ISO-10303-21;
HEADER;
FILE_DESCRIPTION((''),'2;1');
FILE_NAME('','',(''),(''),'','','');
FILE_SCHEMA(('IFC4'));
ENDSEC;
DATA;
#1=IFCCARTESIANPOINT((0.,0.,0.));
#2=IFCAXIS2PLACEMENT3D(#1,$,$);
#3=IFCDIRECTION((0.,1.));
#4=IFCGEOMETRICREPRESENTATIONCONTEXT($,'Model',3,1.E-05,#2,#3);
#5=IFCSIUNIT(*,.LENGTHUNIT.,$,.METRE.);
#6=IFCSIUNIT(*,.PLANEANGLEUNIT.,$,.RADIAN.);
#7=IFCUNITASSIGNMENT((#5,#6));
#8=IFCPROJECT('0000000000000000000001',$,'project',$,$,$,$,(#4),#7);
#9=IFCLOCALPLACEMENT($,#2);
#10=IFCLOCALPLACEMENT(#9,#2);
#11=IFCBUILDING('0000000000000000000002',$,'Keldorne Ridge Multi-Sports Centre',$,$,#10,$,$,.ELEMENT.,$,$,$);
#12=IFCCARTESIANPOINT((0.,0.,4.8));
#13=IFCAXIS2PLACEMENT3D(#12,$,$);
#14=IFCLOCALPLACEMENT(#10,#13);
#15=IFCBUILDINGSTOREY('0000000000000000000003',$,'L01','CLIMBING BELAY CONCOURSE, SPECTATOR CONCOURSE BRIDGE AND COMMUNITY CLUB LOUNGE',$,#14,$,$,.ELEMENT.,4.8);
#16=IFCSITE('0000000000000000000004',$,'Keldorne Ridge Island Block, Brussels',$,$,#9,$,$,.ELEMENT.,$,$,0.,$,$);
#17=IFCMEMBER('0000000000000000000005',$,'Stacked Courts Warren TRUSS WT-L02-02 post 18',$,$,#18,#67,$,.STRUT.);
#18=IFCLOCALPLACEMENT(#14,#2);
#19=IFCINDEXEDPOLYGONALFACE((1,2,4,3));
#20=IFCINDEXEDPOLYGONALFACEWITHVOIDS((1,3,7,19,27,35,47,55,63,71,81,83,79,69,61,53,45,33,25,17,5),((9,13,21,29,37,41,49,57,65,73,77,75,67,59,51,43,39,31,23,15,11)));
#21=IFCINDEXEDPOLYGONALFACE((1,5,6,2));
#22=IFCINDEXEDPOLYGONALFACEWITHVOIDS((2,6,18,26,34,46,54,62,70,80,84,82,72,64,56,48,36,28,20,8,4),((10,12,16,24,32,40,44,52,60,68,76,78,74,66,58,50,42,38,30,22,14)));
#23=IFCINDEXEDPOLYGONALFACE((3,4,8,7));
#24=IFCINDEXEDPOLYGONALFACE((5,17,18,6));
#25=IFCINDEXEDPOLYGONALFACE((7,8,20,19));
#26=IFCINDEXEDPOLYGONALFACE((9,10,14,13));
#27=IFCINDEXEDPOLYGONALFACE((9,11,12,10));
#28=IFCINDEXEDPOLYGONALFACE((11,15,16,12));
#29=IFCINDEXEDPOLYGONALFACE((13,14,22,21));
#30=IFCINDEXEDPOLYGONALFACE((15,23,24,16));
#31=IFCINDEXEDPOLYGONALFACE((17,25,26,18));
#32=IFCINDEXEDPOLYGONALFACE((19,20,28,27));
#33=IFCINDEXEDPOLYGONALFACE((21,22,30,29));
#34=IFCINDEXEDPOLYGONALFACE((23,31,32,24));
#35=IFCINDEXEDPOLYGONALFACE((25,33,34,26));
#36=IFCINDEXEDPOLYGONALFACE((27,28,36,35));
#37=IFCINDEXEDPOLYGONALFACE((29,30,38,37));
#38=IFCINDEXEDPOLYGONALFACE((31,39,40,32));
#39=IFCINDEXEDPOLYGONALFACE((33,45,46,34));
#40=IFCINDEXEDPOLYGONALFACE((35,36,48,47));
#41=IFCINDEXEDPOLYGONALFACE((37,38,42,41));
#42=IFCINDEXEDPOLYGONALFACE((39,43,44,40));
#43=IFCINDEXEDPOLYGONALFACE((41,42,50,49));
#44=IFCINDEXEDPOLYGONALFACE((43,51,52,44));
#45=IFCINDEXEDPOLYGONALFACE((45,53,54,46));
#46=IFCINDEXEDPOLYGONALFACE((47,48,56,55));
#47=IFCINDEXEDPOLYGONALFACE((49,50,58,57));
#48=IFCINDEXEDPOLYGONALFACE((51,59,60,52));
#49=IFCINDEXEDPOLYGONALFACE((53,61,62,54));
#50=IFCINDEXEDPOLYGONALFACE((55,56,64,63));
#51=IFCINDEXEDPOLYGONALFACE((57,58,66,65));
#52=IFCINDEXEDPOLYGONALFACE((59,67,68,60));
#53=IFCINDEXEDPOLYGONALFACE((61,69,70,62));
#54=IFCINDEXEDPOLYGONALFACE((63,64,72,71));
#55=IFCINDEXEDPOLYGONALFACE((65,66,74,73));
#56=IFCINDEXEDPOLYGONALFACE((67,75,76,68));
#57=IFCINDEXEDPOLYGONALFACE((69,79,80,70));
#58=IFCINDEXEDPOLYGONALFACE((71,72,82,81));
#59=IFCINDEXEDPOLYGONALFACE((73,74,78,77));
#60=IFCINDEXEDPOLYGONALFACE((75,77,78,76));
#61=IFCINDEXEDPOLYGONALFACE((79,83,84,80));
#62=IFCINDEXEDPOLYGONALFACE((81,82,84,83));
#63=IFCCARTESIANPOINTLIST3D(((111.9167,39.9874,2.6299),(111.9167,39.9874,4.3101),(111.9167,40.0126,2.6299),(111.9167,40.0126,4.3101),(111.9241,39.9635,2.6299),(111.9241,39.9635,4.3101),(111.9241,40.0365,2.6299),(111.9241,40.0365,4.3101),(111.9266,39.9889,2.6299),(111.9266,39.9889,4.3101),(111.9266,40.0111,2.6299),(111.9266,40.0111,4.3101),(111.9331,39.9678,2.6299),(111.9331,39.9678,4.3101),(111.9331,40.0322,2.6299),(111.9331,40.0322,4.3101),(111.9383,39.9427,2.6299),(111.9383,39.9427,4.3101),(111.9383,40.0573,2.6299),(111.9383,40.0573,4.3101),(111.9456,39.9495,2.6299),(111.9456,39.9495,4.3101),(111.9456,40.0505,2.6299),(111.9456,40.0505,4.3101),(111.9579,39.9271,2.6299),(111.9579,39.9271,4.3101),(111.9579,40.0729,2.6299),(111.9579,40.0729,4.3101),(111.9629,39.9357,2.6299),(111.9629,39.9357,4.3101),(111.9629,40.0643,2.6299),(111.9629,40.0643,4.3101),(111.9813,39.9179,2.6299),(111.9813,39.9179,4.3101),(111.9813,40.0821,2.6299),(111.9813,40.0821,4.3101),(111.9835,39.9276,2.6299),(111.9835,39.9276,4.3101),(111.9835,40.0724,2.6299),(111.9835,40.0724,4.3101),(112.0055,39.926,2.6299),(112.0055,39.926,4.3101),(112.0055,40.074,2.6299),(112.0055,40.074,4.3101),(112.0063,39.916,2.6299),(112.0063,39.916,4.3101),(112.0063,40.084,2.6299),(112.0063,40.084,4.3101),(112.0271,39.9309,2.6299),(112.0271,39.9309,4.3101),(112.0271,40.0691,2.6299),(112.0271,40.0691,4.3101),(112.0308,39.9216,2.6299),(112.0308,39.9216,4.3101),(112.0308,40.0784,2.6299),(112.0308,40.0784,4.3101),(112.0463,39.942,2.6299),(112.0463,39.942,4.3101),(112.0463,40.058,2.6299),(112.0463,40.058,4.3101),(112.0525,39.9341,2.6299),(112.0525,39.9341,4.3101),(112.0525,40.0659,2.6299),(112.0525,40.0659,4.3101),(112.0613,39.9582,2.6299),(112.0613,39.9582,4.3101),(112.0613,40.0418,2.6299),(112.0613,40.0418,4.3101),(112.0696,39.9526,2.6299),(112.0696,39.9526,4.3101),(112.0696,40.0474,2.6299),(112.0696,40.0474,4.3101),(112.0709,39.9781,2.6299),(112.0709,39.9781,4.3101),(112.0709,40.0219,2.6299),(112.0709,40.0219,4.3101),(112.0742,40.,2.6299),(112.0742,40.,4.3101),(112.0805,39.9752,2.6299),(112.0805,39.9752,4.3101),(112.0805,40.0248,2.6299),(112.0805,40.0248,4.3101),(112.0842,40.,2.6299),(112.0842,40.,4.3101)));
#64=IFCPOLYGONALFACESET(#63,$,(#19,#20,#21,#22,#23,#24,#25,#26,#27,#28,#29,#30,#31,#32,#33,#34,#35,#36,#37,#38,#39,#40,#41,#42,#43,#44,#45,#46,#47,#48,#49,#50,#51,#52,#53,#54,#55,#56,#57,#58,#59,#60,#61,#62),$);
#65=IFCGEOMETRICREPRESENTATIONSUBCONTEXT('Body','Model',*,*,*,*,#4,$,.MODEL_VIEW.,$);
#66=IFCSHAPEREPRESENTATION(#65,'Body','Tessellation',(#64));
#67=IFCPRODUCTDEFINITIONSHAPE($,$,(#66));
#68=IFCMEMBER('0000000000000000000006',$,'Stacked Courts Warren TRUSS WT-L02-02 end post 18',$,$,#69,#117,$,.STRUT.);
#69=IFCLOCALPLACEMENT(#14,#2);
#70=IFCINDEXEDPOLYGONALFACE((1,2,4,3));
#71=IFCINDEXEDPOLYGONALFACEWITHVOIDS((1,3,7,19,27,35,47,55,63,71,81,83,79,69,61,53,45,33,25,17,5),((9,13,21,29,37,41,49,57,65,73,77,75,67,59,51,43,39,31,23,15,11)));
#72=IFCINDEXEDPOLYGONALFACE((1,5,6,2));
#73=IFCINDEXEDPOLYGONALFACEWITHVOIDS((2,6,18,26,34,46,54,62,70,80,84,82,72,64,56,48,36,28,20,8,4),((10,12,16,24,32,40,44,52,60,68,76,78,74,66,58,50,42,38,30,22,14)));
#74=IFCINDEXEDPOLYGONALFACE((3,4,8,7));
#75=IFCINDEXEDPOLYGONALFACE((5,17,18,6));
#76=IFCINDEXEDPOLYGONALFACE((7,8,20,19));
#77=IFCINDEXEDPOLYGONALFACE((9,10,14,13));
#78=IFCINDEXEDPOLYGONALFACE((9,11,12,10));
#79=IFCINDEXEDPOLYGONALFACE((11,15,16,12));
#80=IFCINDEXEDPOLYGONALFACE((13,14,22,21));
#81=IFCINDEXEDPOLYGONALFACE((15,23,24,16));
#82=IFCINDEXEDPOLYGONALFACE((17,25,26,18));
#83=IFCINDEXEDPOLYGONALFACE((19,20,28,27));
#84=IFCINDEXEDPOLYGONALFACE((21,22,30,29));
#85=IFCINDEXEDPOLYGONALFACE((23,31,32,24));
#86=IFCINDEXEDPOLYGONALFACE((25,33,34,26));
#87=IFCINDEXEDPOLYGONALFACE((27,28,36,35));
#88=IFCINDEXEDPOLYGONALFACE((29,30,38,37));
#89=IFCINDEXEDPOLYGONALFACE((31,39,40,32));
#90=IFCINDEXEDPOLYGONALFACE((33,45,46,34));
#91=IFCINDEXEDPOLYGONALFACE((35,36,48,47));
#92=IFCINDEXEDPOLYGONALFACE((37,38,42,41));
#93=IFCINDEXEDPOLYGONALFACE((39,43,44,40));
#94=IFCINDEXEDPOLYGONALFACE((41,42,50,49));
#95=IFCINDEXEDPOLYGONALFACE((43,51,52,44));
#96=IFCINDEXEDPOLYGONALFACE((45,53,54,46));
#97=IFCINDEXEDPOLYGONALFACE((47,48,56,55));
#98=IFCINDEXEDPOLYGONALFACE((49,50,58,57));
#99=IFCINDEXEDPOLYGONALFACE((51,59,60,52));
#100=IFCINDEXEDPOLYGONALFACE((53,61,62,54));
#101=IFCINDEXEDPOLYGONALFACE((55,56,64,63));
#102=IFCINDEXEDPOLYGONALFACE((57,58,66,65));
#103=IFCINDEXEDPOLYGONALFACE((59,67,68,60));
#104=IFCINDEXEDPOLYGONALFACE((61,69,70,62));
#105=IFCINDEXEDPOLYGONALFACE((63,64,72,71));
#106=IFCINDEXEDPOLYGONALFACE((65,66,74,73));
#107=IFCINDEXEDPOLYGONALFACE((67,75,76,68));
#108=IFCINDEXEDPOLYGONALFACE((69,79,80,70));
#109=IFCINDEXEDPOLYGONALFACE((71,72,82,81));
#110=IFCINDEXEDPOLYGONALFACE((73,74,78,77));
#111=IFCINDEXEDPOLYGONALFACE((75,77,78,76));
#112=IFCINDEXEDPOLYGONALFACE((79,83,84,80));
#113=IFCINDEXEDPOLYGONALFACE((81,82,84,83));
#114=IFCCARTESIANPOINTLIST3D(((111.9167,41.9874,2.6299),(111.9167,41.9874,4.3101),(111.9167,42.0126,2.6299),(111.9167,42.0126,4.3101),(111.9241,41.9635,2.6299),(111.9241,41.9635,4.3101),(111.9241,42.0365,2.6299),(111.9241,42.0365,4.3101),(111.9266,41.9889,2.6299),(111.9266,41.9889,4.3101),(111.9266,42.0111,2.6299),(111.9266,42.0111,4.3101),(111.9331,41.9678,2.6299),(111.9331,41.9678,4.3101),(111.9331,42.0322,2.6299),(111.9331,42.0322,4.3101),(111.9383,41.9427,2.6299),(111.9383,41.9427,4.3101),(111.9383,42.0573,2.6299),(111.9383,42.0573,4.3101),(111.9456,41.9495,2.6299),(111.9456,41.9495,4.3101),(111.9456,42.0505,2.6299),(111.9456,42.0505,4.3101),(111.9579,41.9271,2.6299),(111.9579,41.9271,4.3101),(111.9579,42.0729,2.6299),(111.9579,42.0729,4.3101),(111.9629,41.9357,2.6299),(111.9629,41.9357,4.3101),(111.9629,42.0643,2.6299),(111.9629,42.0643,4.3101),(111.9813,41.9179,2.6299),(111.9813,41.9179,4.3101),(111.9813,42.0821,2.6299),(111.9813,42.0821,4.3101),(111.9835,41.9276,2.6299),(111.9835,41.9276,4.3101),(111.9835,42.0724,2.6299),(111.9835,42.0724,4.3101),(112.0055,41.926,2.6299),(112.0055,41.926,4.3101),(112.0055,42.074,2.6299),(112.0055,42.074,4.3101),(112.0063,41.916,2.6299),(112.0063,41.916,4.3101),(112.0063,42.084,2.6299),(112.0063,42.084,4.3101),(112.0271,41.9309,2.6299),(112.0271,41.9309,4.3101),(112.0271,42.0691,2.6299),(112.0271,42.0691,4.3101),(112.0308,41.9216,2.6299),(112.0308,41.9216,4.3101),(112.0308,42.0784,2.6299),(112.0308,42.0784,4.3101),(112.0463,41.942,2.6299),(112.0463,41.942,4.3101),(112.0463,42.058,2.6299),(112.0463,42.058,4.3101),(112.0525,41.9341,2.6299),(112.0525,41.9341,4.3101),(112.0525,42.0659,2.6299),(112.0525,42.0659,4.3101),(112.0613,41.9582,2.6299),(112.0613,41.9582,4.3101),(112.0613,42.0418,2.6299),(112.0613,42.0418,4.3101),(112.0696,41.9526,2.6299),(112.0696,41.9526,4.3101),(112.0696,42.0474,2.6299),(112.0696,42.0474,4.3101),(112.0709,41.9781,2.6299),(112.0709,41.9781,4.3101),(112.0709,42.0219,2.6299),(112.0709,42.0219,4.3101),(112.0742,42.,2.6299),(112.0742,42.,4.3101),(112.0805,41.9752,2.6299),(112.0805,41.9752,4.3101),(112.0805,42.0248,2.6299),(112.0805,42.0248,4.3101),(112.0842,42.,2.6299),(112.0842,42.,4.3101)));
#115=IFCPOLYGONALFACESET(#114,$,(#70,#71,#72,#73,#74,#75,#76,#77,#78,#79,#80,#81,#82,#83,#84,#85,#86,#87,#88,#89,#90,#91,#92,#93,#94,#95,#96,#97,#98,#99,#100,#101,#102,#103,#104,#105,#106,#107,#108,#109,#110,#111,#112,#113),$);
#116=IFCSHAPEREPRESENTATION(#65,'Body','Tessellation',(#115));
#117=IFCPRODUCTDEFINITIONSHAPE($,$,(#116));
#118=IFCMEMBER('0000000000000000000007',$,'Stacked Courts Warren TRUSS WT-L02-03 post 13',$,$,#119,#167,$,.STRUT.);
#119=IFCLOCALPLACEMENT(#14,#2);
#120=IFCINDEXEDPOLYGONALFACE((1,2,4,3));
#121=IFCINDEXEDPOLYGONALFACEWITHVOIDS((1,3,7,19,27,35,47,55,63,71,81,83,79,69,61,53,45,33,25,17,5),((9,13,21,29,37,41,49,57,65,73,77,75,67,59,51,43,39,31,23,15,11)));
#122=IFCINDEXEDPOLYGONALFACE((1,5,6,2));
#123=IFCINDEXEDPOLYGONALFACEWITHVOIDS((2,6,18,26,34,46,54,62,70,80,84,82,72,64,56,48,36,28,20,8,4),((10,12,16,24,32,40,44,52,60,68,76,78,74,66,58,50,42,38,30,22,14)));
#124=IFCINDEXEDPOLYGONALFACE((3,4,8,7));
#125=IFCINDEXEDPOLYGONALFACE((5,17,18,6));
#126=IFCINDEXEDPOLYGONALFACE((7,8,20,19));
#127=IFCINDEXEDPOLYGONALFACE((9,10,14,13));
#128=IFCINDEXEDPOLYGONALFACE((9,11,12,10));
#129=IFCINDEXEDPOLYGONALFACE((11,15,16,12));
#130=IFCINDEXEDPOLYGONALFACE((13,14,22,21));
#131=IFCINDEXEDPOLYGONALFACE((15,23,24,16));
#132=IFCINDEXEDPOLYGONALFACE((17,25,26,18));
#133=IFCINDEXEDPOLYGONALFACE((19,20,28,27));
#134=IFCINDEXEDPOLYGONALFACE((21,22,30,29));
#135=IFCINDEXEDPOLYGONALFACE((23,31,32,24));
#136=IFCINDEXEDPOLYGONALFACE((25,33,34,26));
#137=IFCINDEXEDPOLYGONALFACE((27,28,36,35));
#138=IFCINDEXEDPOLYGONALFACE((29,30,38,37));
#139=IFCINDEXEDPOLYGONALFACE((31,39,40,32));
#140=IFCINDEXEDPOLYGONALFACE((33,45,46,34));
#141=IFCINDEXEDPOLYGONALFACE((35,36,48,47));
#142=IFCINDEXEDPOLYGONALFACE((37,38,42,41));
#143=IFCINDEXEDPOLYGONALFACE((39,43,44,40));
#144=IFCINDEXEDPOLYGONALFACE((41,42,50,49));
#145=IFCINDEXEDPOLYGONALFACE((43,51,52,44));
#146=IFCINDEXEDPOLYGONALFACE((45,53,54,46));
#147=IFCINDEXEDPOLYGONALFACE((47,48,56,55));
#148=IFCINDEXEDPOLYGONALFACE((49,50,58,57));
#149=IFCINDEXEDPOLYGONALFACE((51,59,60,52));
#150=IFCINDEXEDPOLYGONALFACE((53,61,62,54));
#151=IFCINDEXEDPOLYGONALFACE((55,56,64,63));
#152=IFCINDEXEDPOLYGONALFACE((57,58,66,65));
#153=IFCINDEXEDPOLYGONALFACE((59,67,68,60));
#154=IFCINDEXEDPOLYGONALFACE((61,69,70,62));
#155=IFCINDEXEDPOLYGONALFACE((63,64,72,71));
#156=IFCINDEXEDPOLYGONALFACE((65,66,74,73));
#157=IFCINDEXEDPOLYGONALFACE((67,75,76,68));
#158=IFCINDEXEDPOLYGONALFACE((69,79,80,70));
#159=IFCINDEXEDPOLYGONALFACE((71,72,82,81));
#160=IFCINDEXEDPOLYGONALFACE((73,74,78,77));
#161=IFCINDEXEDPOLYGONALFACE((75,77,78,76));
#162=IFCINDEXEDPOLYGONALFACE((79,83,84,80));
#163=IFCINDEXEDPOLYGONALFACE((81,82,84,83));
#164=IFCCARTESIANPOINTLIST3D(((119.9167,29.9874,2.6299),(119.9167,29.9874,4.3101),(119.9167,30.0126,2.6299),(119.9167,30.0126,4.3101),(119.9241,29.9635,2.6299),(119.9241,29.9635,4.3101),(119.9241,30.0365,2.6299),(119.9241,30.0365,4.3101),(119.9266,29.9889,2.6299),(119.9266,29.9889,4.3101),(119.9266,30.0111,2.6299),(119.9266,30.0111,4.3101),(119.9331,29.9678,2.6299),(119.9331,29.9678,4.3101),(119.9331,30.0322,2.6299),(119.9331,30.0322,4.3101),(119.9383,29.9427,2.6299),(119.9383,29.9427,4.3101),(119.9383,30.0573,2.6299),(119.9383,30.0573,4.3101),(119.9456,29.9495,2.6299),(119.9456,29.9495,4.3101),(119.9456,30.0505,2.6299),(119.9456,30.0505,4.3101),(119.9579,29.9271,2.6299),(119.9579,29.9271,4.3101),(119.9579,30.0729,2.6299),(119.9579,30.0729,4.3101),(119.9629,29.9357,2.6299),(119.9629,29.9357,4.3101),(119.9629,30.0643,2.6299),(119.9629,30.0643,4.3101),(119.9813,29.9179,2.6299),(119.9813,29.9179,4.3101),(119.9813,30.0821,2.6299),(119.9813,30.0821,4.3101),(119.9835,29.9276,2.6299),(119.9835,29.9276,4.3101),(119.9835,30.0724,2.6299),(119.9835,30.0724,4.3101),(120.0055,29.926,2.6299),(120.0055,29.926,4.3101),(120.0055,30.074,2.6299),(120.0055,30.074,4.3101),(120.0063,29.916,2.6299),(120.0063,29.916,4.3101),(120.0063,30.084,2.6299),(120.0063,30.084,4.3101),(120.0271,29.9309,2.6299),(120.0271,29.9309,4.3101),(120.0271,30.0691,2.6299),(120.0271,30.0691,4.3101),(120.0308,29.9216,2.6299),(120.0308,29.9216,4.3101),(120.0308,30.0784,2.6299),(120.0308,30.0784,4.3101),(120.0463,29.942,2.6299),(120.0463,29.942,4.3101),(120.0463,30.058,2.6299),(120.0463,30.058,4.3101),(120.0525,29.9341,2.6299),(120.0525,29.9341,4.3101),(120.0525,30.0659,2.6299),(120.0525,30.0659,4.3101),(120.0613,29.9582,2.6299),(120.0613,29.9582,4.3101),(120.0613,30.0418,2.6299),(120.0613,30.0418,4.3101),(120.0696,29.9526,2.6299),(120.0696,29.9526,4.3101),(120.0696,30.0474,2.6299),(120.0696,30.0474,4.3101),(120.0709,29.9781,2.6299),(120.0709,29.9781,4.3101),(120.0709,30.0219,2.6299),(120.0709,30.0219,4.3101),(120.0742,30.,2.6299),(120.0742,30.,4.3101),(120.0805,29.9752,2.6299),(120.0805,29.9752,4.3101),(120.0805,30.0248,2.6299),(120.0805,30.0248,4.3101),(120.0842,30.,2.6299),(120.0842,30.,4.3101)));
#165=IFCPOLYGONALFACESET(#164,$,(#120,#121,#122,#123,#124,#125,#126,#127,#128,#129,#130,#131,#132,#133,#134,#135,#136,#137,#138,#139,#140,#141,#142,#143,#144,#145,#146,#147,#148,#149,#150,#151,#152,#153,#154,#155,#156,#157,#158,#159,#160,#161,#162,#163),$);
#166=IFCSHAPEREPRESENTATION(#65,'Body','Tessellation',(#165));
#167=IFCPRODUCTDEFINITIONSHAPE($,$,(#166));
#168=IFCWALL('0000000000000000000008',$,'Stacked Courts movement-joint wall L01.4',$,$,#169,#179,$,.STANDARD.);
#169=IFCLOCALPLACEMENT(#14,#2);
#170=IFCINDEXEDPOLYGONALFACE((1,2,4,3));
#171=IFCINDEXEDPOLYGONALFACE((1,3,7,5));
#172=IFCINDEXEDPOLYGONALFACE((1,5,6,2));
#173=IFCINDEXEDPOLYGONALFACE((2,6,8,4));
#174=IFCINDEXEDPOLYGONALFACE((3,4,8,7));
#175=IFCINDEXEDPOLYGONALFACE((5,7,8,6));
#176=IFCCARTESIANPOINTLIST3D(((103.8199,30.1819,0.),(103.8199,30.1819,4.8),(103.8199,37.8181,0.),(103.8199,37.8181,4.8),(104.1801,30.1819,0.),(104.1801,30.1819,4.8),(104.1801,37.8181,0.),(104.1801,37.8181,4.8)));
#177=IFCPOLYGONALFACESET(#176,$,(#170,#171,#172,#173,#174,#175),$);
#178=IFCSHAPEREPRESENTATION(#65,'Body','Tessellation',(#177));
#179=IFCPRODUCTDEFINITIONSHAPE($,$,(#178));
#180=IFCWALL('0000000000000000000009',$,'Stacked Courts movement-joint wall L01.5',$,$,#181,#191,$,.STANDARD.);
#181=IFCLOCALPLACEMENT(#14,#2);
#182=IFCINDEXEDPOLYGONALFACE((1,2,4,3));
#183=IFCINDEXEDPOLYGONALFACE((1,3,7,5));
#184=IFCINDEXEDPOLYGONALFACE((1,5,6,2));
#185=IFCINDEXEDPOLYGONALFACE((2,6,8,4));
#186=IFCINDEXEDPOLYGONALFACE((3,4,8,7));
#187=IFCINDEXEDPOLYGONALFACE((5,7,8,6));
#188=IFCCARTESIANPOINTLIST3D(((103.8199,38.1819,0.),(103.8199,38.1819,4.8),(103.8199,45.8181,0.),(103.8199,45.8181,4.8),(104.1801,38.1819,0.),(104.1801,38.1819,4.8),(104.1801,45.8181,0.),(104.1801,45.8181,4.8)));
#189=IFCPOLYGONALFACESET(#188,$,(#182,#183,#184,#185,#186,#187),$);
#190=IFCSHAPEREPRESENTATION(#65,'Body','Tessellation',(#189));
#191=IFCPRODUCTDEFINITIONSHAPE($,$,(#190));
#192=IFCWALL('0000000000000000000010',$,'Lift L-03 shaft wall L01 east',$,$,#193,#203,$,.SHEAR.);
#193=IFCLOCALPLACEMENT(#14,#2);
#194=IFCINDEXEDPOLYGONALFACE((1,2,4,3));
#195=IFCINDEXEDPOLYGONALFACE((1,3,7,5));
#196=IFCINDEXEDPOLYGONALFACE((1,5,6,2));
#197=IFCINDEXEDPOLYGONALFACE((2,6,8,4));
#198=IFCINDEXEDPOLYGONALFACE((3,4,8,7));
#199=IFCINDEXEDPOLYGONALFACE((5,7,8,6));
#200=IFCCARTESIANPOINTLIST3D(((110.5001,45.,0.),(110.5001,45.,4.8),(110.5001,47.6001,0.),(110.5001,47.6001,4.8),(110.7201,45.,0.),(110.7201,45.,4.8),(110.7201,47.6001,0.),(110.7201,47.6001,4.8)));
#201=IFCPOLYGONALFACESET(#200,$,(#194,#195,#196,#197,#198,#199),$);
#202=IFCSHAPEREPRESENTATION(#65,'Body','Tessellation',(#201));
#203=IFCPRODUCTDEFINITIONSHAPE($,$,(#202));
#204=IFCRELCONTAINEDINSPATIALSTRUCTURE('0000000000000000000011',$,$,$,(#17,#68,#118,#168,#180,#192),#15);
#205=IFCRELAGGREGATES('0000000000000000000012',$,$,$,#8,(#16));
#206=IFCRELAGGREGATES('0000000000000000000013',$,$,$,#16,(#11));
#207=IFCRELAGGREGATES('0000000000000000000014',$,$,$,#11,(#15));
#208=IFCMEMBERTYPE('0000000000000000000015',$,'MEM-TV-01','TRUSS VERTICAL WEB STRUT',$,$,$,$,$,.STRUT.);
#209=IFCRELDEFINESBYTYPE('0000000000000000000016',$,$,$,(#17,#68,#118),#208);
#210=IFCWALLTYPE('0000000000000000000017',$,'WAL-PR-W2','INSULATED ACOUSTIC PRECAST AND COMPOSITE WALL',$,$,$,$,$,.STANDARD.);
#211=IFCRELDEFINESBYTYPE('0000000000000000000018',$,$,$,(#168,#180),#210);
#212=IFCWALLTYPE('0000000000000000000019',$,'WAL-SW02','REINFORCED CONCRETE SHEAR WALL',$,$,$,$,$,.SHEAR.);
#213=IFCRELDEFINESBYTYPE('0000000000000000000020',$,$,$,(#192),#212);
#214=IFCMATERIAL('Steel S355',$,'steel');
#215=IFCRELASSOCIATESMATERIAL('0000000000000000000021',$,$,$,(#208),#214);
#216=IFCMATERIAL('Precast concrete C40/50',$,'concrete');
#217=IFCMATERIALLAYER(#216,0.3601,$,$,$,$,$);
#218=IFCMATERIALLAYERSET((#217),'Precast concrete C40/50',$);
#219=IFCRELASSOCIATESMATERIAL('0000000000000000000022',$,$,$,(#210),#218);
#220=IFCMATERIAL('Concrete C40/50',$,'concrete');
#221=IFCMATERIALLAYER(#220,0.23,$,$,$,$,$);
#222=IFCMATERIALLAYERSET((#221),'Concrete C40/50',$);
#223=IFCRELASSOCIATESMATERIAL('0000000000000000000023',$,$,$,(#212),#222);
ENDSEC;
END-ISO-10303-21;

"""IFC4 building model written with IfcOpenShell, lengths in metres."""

from ifc_helpers import new_model, si_unit, direction, frame, frame_2d, origin, origin_2d, place, context, subcontext, project, spatial, rectangle, hollow_circle, extrude, material, layer, layer_set, material_profile, profile_set, type_object, element, save


model = new_model("IFC4")

# Units and contexts
model_context = context("Model", 3, precision=1e-05, world=origin(), true_north=direction((0.0, 1.0)))
body_context = subcontext(model_context, "Body", "Model", "MODEL_VIEW")
ifc_project = project(units=[si_unit("LENGTHUNIT", "METRE"), si_unit("PLANEANGLEUNIT", "RADIAN")], contexts=[model_context])

# Site, building, storey
site_placement = place(None, origin())
site = spatial("IfcSite", under=ifc_project, at=site_placement, Name="Keldorne Ridge Island Block, Brussels", CompositionType="ELEMENT", RefElevation=0.0)
building_placement = place(site_placement, origin())
building = spatial("IfcBuilding", under=site, at=building_placement, Name="Keldorne Ridge Multi-Sports Centre", CompositionType="ELEMENT")
storey_placement = place(building_placement, frame((0.0, 0.0, 4.8)))
storey = spatial("IfcBuildingStorey", under=building, at=storey_placement, Name="L01", Description="CLIMBING BELAY CONCOURSE, SPECTATOR CONCOURSE BRIDGE AND COMMUNITY CLUB LOUNGE", CompositionType="ELEMENT", Elevation=4.8)

# Shared definitions
ifc_material_1 = material(Name="Steel S355", Category="steel")

# Members
ifc_material_profile_1 = material_profile(ifc_material_1, hollow_circle(Radius=0.0842, WallThickness=0.01, at=origin_2d()), Name="CHS 168.3x10")
ifc_profile_set_1 = profile_set([ifc_material_profile_1], Name="Steel S355")
member_type_1 = type_object("IfcMemberType", Name="MEM-TV-01", Description="TRUSS VERTICAL WEB STRUT", PredefinedType="STRUT", material=ifc_profile_set_1)
for number, where, z_axis, x_axis, name in (
    (1, (112.0, 40.0, 2.6299), (0.0, 0.0, 1.0), (1.0, 0.0, 0.0), "Stacked Courts Warren TRUSS WT-L02-02 post 18"),
    (2, (112.0, 42.0, 2.6299), (0.0, 0.0, 1.0), (1.0, 0.0, 0.0), "Stacked Courts Warren TRUSS WT-L02-02 end post 18"),
    (3, (120.0, 30.0, 2.6299), (0.0, 0.0, 1.0), (1.0, 0.0, 0.0), "Stacked Courts Warren TRUSS WT-L02-03 post 13"),
):
    element("IfcMember", number, at=place(storey_placement, frame(where, z_axis=z_axis, x_axis=x_axis)), inside=storey, type_object=member_type_1, Name=name, PredefinedType="STRUT", context=body_context, shape_type="SweptSolid", body=[
        extrude(hollow_circle(Radius=0.0842, WallThickness=0.01, at=origin_2d()), origin(), (0.0, 0.0, 1.0), 1.6802),
    ])

# Walls
ifc_material_2 = material(Name="Precast concrete C40/50", Category="concrete")
ifc_layer_1 = layer(ifc_material_2, 0.3601)
ifc_layer_set_1 = layer_set([ifc_layer_1], Name="Precast concrete C40/50")
wall_type_1 = type_object("IfcWallType", Name="WAL-PR-W2", Description="INSULATED ACOUSTIC PRECAST AND COMPOSITE WALL", PredefinedType="STANDARD", material=ifc_layer_set_1)
for number, where, z_axis, x_axis, name in (
    (4, (104.0, 37.8181, 0.0), (0.0, 0.0, 1.0), (0.0, -1.0, 0.0), "Stacked Courts movement-joint wall L01.4"),
    (5, (104.0, 45.8181, 0.0), (0.0, 0.0, 1.0), (0.0, -1.0, 0.0), "Stacked Courts movement-joint wall L01.5"),
):
    element("IfcWall", number, at=place(storey_placement, frame(where, z_axis=z_axis, x_axis=x_axis)), inside=storey, type_object=wall_type_1, Name=name, PredefinedType="STANDARD", context=body_context, shape_type="SweptSolid", body=[
        extrude(rectangle(XDim=7.6362, YDim=0.3601, at=frame_2d((3.8181, 0.0))), origin(), (0.0, 0.0, 1.0), 4.8),
    ])

# Shared definitions
ifc_material_3 = material(Name="Concrete C40/50", Category="concrete")
ifc_layer_2 = layer(ifc_material_3, 0.23)
ifc_layer_set_2 = layer_set([ifc_layer_2], Name="Concrete C40/50")
wall_type_2 = type_object("IfcWallType", Name="WAL-SW02", Description="REINFORCED CONCRETE SHEAR WALL", PredefinedType="SHEAR", material=ifc_layer_set_2)

# Wall
wall_1_placement = place(storey_placement, frame((110.6101, 45.0, 0.0), z_axis=(0.0, 0.0, 1.0), x_axis=(0.0, 1.0, 0.0)))
element("IfcWall", 6, at=wall_1_placement, inside=storey, type_object=wall_type_2, Name="Lift L-03 shaft wall L01 east", PredefinedType="SHEAR", context=body_context, shape_type="SweptSolid", body=[
    extrude(rectangle(XDim=2.6001, YDim=0.22, at=frame_2d((1.3, 0.0))), origin(), (0.0, 0.0, 1.0), 4.8),
])

save(model, "model.ifc")
